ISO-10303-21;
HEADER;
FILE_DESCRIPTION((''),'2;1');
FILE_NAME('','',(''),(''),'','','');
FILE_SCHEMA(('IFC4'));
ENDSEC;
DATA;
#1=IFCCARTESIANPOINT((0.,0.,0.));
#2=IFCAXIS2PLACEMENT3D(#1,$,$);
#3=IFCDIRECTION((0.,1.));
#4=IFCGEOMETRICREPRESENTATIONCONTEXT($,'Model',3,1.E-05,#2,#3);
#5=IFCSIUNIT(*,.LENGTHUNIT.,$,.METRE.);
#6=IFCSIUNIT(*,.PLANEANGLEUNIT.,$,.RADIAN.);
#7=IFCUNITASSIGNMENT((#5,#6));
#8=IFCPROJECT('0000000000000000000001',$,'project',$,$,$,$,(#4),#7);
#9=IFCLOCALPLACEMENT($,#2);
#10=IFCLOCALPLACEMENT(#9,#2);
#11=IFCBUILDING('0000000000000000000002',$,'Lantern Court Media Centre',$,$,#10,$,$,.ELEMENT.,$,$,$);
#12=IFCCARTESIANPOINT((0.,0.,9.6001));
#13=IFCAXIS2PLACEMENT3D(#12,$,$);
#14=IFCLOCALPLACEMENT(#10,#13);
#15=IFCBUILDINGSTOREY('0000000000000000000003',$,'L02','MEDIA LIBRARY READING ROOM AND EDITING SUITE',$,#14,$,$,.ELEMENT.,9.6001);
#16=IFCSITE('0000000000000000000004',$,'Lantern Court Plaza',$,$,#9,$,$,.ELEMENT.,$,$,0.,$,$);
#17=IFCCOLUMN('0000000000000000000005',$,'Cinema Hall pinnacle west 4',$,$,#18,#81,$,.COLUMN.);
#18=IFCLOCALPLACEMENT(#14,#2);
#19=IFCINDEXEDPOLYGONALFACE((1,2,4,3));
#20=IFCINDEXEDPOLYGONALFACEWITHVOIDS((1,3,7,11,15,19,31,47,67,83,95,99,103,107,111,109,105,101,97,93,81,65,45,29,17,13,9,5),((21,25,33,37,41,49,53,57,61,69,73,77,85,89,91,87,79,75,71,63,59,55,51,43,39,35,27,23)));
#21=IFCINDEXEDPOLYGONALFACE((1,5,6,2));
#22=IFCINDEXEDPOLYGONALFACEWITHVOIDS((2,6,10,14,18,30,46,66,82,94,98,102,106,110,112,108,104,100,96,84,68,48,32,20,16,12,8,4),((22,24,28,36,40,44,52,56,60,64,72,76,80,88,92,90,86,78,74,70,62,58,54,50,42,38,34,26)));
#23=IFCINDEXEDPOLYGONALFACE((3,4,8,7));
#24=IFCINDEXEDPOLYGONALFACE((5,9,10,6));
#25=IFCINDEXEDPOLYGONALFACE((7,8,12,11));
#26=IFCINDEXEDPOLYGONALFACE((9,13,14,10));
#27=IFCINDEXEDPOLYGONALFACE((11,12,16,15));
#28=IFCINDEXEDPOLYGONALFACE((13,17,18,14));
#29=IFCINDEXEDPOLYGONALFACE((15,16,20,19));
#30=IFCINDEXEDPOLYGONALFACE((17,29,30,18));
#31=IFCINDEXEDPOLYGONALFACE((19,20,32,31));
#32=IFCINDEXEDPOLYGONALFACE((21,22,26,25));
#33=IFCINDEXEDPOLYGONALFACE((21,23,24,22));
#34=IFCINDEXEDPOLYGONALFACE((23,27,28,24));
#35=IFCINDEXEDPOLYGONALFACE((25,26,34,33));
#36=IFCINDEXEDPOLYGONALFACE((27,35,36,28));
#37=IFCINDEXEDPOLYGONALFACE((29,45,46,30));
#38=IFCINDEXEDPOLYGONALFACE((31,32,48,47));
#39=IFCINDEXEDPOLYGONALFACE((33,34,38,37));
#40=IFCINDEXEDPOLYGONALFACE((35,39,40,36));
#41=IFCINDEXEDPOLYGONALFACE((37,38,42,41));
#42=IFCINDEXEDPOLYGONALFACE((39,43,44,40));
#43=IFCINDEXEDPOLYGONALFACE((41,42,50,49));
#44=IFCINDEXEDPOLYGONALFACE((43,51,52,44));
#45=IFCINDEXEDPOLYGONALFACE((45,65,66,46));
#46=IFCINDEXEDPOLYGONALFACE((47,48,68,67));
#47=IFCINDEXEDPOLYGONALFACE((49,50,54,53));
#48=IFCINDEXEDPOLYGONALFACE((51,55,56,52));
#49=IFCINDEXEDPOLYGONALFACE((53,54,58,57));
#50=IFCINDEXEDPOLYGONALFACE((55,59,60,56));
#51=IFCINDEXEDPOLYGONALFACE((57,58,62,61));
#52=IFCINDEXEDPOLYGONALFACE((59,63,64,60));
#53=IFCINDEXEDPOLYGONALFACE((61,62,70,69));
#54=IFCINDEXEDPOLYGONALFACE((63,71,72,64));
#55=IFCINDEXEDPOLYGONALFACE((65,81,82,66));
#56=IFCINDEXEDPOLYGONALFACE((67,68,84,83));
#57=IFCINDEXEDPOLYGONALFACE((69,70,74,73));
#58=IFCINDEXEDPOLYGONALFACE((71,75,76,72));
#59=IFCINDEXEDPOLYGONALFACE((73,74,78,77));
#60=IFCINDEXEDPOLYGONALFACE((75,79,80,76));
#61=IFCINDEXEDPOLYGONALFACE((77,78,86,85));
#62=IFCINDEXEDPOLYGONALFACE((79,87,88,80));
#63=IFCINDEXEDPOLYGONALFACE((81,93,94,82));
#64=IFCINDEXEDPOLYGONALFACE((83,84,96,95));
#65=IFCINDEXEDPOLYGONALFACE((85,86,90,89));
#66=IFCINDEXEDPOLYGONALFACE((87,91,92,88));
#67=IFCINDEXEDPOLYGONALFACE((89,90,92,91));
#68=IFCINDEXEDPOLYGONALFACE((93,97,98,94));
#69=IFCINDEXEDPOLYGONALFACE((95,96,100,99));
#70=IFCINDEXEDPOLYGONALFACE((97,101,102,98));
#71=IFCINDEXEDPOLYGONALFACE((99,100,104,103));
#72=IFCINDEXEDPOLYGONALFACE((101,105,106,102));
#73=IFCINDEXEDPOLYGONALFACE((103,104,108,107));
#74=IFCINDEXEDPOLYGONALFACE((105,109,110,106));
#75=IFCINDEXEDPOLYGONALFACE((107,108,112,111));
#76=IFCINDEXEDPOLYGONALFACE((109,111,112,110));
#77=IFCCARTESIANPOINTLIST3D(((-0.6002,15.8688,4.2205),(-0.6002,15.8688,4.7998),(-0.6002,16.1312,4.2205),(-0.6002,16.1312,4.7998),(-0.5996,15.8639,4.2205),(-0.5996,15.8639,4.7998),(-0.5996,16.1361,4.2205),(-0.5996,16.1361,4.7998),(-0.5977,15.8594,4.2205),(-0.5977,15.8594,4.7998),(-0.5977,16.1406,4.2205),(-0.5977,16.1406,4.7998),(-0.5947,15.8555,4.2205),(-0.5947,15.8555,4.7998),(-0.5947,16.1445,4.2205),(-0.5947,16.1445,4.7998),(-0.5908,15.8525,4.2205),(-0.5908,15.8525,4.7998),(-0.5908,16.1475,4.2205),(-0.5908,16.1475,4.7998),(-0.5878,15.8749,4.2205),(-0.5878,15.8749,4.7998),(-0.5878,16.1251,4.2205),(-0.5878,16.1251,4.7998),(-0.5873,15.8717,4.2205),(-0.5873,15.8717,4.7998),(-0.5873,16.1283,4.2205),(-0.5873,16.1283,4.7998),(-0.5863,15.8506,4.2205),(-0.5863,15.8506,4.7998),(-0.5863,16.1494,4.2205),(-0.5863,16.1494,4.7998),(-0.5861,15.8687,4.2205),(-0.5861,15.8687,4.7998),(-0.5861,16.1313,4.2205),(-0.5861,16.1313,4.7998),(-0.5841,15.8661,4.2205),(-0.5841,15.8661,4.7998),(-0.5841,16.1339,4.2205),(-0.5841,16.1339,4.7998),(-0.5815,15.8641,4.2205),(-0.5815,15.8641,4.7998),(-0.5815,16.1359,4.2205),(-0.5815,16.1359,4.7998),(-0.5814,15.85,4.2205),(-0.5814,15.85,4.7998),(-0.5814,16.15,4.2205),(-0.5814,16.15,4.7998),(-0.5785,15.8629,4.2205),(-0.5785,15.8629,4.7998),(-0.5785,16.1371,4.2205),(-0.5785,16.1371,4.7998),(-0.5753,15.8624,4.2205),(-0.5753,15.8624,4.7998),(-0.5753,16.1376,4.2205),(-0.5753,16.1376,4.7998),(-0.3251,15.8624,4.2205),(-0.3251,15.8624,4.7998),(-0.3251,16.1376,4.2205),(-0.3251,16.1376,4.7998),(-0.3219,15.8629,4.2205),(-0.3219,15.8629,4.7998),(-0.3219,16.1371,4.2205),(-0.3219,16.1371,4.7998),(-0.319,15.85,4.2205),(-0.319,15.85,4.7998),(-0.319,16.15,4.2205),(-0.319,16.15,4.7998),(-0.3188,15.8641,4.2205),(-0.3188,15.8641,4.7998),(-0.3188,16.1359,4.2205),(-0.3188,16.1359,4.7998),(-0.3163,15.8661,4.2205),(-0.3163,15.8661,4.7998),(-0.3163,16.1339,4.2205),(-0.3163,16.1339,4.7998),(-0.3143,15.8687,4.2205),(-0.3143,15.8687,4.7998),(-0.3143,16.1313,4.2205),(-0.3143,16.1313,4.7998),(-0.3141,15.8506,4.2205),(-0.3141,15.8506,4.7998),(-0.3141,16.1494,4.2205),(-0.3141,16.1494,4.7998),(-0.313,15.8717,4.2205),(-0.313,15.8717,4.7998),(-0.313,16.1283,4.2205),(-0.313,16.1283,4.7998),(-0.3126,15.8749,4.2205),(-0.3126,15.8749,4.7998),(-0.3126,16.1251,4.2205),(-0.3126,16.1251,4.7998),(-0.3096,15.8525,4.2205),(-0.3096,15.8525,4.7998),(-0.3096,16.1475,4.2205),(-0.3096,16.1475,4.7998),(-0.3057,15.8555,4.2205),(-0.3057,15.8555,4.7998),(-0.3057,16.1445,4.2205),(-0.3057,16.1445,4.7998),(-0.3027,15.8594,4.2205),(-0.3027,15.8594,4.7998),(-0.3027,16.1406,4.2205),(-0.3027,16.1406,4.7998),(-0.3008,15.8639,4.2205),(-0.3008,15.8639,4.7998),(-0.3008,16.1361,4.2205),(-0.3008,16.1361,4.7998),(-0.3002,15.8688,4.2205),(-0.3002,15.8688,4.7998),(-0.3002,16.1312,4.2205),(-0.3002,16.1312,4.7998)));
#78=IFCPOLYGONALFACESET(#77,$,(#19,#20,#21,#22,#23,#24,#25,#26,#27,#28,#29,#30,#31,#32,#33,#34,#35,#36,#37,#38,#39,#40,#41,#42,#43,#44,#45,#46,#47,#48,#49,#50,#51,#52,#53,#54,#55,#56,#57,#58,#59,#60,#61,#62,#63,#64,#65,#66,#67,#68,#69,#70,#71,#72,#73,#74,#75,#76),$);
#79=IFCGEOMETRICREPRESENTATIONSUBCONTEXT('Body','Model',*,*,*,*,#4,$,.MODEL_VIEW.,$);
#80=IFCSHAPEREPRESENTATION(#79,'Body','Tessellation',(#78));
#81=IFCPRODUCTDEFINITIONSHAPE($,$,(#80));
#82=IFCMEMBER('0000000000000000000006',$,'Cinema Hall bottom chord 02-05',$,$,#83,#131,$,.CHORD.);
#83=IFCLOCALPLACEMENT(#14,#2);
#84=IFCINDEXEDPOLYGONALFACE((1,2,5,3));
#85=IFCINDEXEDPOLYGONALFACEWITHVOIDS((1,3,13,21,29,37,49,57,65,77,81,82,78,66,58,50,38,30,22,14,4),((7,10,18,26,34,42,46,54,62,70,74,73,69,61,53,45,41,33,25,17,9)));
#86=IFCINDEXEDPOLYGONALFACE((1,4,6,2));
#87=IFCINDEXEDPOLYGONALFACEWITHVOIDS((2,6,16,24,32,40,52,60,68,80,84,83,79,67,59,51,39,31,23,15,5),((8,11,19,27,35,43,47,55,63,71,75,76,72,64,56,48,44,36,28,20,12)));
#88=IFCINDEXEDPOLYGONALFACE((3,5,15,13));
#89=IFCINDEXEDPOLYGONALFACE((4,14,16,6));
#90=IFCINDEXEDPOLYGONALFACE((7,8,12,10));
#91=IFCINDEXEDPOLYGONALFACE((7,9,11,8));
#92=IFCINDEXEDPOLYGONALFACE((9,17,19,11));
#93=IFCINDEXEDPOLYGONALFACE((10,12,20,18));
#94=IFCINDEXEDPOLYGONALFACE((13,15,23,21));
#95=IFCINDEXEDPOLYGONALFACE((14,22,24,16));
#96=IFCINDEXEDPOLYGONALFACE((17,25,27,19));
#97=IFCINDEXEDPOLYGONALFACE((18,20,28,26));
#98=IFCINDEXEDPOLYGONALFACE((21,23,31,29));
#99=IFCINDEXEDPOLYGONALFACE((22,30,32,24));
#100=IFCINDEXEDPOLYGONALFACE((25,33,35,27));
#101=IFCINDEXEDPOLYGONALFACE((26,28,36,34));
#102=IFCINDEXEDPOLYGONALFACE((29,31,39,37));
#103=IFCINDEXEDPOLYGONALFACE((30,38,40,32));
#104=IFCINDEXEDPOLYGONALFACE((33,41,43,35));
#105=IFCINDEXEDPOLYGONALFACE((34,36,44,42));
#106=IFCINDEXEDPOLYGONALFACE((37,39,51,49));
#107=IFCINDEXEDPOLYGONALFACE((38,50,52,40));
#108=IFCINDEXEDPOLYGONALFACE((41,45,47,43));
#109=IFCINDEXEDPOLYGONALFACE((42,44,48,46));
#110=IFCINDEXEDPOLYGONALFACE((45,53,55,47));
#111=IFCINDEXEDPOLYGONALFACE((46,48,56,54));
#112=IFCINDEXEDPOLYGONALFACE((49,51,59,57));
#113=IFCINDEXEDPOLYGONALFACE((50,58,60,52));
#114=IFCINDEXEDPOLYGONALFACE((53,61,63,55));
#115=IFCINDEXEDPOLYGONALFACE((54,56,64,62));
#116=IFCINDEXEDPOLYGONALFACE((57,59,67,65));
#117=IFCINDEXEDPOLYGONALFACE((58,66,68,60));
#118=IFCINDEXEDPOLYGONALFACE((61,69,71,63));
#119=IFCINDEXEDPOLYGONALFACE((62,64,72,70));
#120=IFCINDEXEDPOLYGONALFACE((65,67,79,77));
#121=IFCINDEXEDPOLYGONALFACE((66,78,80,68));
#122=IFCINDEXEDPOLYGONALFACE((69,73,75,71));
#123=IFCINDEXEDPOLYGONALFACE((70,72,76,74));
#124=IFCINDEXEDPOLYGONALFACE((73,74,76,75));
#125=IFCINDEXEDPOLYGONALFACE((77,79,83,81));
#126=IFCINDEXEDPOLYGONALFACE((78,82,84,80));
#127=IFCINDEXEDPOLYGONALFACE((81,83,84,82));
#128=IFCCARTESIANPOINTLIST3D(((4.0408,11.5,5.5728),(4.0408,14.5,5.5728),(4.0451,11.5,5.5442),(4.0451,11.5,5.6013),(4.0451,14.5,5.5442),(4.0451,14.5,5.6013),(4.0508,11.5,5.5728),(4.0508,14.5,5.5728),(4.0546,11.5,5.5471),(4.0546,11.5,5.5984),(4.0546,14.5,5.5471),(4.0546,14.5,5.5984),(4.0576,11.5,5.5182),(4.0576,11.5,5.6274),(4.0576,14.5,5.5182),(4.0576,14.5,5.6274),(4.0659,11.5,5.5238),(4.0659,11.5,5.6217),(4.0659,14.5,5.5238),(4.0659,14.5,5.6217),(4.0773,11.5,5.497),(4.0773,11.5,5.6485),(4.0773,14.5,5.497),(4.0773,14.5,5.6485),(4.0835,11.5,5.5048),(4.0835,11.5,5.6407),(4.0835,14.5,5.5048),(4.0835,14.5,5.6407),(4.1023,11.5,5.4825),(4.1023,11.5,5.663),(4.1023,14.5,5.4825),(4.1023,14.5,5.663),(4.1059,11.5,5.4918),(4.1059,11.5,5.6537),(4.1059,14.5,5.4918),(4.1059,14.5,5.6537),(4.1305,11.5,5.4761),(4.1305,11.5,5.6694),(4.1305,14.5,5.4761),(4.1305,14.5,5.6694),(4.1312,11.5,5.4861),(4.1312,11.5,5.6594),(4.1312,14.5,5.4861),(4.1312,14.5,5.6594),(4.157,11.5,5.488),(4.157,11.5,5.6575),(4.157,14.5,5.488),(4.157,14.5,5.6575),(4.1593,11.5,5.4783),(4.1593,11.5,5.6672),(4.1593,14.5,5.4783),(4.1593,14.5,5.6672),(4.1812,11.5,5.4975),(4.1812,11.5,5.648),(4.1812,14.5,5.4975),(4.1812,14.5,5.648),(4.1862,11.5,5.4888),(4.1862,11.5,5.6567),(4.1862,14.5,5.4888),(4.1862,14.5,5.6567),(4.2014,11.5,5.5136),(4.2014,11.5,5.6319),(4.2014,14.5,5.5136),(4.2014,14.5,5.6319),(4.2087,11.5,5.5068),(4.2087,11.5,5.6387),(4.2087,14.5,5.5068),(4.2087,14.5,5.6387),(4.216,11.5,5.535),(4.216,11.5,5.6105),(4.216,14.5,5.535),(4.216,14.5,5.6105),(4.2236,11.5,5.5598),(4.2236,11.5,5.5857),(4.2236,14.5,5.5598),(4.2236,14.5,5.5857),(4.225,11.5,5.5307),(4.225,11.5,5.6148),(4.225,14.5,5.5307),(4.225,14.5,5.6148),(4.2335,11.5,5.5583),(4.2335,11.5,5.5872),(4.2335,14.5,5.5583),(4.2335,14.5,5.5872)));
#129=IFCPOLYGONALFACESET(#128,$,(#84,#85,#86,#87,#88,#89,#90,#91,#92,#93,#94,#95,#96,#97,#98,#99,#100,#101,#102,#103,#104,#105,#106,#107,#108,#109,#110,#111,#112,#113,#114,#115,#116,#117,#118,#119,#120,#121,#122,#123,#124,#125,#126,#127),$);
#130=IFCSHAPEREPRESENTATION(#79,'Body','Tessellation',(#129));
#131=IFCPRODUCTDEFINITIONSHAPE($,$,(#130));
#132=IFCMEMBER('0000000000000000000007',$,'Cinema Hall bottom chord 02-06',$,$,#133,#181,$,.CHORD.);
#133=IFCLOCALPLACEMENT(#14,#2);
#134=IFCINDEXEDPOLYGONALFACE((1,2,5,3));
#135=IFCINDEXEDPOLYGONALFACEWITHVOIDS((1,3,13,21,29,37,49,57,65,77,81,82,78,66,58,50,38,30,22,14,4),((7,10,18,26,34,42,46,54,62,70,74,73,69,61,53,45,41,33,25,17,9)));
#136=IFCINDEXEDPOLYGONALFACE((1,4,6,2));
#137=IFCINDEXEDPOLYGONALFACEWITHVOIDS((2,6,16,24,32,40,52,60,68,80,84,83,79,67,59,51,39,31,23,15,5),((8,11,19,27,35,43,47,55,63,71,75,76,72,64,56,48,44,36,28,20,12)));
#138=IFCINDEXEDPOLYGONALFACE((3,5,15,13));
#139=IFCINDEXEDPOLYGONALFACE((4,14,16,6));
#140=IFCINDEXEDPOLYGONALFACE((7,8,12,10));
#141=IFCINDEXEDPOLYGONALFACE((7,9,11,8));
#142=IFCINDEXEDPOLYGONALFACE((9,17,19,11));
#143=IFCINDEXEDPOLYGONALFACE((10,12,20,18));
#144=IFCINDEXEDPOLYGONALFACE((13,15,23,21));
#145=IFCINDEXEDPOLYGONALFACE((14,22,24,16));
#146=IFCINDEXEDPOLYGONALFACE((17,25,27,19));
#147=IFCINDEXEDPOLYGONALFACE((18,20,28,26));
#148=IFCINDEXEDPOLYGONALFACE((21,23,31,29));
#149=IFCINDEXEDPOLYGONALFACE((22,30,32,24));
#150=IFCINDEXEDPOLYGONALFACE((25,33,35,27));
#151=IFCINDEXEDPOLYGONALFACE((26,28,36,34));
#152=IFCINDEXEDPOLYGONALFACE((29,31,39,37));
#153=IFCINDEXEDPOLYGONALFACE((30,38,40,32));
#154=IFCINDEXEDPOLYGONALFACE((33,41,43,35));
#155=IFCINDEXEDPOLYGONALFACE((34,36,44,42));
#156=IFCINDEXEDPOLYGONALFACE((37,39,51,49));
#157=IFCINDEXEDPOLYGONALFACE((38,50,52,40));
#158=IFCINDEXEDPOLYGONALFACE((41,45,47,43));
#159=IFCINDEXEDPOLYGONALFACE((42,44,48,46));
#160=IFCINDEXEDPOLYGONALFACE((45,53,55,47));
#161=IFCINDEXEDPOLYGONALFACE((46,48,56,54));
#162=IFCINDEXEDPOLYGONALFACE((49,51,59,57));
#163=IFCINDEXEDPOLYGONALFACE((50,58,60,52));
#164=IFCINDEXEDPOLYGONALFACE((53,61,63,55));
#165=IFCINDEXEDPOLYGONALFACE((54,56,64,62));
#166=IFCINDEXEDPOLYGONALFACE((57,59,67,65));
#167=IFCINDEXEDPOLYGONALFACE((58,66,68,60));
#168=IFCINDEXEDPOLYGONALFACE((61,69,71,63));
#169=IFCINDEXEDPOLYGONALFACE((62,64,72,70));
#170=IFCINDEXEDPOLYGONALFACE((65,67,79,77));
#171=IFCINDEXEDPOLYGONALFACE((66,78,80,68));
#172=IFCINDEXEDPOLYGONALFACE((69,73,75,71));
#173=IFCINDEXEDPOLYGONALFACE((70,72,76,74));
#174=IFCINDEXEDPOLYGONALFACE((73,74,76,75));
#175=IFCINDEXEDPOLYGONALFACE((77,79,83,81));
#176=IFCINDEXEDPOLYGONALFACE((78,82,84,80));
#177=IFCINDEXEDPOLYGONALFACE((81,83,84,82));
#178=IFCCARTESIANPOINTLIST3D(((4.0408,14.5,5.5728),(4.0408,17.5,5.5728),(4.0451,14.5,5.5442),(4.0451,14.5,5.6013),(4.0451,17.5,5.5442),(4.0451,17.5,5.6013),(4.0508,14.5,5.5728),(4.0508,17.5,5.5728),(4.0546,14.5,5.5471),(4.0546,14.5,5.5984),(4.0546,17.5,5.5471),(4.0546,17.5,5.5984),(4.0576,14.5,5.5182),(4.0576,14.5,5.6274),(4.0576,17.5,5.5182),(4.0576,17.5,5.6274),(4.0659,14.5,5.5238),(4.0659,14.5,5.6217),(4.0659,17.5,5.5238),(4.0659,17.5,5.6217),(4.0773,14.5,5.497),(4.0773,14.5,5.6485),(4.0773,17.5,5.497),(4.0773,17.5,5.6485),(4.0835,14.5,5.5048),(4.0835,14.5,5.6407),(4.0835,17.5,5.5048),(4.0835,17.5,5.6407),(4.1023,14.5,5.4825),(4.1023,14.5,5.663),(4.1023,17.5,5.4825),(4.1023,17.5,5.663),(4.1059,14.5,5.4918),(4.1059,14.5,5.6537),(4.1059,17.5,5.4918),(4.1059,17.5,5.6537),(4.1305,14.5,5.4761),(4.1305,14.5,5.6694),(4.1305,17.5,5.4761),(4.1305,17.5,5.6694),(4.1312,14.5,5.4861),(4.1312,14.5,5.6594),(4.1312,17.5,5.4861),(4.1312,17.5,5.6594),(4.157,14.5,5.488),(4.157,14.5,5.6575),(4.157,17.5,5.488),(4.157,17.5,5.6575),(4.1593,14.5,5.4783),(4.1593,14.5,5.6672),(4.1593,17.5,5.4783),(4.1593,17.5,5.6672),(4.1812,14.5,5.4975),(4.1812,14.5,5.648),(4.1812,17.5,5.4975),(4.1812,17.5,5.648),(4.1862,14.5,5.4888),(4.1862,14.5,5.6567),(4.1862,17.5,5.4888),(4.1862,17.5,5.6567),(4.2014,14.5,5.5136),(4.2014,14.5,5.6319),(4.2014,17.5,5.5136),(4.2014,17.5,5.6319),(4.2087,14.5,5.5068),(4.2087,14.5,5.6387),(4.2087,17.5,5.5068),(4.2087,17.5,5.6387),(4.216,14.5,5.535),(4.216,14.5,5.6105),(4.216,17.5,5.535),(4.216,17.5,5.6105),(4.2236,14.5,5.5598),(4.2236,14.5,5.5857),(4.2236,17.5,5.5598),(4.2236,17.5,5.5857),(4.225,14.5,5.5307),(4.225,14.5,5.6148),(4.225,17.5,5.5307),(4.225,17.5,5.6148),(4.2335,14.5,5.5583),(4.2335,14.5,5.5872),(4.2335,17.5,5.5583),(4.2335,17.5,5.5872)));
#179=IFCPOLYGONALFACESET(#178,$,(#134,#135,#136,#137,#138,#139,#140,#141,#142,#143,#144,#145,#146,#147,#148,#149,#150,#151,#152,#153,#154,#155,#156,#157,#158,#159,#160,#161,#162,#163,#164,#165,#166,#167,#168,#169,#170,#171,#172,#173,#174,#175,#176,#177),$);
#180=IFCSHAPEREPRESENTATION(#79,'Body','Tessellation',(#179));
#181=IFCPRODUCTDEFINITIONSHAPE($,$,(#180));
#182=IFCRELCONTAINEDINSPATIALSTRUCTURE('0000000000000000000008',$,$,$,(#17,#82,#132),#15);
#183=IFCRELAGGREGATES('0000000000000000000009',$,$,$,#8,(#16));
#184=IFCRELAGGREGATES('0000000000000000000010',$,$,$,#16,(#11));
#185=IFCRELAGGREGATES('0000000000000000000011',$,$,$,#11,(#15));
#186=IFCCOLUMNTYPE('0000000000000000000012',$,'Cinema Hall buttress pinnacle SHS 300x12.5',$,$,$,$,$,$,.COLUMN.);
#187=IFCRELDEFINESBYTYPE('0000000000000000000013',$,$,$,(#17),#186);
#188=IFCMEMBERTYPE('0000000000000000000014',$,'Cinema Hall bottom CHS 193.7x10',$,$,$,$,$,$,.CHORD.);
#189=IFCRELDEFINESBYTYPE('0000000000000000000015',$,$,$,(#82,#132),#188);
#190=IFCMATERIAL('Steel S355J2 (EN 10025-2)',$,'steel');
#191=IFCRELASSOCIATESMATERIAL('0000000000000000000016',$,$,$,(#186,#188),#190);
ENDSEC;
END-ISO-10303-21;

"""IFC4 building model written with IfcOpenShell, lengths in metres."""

from ifc_helpers import new_model, si_unit, direction, frame, origin, origin_2d, place, context, subcontext, project, spatial, hollow_rectangle, hollow_circle, extrude, material, material_profile, profile_set, type_object, element, save


model = new_model("IFC4")

# Units and contexts
model_context = context("Model", 3, precision=1e-05, world=origin(), true_north=direction((0.0, 1.0)))
body_context = subcontext(model_context, "Body", "Model", "MODEL_VIEW")
ifc_project = project(units=[si_unit("LENGTHUNIT", "METRE"), si_unit("PLANEANGLEUNIT", "RADIAN")], contexts=[model_context])

# Site, building, storey
site_placement = place(None, origin())
site = spatial("IfcSite", under=ifc_project, at=site_placement, Name="Lantern Court Plaza", CompositionType="ELEMENT", RefElevation=0.0)
building_placement = place(site_placement, origin())
building = spatial("IfcBuilding", under=site, at=building_placement, Name="Lantern Court Media Centre", CompositionType="ELEMENT")
storey_placement = place(building_placement, frame((0.0, 0.0, 9.6001)))
storey = spatial("IfcBuildingStorey", under=building, at=storey_placement, Name="L02", Description="MEDIA LIBRARY READING ROOM AND EDITING SUITE", CompositionType="ELEMENT", Elevation=9.6001)

# Column
ifc_material = material(Name="Steel S355J2 (EN 10025-2)", Category="steel")
ifc_material_profile_1 = material_profile(ifc_material, hollow_rectangle(XDim=0.3, YDim=0.3, WallThickness=0.0125, InnerFilletRadius=0.0125, OuterFilletRadius=0.0188, at=origin_2d()), Name="Cinema Hall buttress pinnacle SHS 300x12.5")
ifc_profile_set_1 = profile_set([ifc_material_profile_1], Name="Steel S355J2 (EN 10025-2)")
column_type = type_object("IfcColumnType", Name="Cinema Hall buttress pinnacle SHS 300x12.5", PredefinedType="COLUMN", material=ifc_profile_set_1)
column_placement = place(storey_placement, frame((-0.4502, 16.0, 4.2205), z_axis=(0.0, 0.0, 1.0), x_axis=(1.0, 0.0, 0.0)))
element("IfcColumn", 1, at=column_placement, inside=storey, type_object=column_type, Name="Cinema Hall pinnacle west 4", PredefinedType="COLUMN", context=body_context, shape_type="SweptSolid", body=[
    extrude(hollow_rectangle(XDim=0.3, YDim=0.3, WallThickness=0.0125, InnerFilletRadius=0.0125, OuterFilletRadius=0.0188, at=origin_2d()), origin(), (0.0, 0.0, 1.0), 0.5793),
])

# Members
ifc_material_profile_2 = material_profile(ifc_material, hollow_circle(Radius=0.0969, WallThickness=0.01, at=origin_2d()), Name="Cinema Hall bottom CHS 193.7x10")
ifc_profile_set_2 = profile_set([ifc_material_profile_2], Name="Steel S355J2 (EN 10025-2)")
member_type_1 = type_object("IfcMemberType", Name="Cinema Hall bottom CHS 193.7x10", PredefinedType="CHORD", material=ifc_profile_set_2)
for number, where, z_axis, x_axis, name in (
    (2, (4.1377, 11.5, 5.5728), (0.0, 1.0, 0.0), (-1.0, 0.0, 0.0), "Cinema Hall bottom chord 02-05"),
    (3, (4.1377, 14.5, 5.5728), (0.0, 1.0, 0.0), (-1.0, 0.0, 0.0), "Cinema Hall bottom chord 02-06"),
):
    element("IfcMember", number, at=place(storey_placement, frame(where, z_axis=z_axis, x_axis=x_axis)), inside=storey, type_object=member_type_1, Name=name, PredefinedType="CHORD", context=body_context, shape_type="SweptSolid", body=[
        extrude(hollow_circle(Radius=0.0969, WallThickness=0.01, at=origin_2d()), origin(), (0.0, 0.0, 1.0), 3.0),
    ])

save(model, "model.ifc")
